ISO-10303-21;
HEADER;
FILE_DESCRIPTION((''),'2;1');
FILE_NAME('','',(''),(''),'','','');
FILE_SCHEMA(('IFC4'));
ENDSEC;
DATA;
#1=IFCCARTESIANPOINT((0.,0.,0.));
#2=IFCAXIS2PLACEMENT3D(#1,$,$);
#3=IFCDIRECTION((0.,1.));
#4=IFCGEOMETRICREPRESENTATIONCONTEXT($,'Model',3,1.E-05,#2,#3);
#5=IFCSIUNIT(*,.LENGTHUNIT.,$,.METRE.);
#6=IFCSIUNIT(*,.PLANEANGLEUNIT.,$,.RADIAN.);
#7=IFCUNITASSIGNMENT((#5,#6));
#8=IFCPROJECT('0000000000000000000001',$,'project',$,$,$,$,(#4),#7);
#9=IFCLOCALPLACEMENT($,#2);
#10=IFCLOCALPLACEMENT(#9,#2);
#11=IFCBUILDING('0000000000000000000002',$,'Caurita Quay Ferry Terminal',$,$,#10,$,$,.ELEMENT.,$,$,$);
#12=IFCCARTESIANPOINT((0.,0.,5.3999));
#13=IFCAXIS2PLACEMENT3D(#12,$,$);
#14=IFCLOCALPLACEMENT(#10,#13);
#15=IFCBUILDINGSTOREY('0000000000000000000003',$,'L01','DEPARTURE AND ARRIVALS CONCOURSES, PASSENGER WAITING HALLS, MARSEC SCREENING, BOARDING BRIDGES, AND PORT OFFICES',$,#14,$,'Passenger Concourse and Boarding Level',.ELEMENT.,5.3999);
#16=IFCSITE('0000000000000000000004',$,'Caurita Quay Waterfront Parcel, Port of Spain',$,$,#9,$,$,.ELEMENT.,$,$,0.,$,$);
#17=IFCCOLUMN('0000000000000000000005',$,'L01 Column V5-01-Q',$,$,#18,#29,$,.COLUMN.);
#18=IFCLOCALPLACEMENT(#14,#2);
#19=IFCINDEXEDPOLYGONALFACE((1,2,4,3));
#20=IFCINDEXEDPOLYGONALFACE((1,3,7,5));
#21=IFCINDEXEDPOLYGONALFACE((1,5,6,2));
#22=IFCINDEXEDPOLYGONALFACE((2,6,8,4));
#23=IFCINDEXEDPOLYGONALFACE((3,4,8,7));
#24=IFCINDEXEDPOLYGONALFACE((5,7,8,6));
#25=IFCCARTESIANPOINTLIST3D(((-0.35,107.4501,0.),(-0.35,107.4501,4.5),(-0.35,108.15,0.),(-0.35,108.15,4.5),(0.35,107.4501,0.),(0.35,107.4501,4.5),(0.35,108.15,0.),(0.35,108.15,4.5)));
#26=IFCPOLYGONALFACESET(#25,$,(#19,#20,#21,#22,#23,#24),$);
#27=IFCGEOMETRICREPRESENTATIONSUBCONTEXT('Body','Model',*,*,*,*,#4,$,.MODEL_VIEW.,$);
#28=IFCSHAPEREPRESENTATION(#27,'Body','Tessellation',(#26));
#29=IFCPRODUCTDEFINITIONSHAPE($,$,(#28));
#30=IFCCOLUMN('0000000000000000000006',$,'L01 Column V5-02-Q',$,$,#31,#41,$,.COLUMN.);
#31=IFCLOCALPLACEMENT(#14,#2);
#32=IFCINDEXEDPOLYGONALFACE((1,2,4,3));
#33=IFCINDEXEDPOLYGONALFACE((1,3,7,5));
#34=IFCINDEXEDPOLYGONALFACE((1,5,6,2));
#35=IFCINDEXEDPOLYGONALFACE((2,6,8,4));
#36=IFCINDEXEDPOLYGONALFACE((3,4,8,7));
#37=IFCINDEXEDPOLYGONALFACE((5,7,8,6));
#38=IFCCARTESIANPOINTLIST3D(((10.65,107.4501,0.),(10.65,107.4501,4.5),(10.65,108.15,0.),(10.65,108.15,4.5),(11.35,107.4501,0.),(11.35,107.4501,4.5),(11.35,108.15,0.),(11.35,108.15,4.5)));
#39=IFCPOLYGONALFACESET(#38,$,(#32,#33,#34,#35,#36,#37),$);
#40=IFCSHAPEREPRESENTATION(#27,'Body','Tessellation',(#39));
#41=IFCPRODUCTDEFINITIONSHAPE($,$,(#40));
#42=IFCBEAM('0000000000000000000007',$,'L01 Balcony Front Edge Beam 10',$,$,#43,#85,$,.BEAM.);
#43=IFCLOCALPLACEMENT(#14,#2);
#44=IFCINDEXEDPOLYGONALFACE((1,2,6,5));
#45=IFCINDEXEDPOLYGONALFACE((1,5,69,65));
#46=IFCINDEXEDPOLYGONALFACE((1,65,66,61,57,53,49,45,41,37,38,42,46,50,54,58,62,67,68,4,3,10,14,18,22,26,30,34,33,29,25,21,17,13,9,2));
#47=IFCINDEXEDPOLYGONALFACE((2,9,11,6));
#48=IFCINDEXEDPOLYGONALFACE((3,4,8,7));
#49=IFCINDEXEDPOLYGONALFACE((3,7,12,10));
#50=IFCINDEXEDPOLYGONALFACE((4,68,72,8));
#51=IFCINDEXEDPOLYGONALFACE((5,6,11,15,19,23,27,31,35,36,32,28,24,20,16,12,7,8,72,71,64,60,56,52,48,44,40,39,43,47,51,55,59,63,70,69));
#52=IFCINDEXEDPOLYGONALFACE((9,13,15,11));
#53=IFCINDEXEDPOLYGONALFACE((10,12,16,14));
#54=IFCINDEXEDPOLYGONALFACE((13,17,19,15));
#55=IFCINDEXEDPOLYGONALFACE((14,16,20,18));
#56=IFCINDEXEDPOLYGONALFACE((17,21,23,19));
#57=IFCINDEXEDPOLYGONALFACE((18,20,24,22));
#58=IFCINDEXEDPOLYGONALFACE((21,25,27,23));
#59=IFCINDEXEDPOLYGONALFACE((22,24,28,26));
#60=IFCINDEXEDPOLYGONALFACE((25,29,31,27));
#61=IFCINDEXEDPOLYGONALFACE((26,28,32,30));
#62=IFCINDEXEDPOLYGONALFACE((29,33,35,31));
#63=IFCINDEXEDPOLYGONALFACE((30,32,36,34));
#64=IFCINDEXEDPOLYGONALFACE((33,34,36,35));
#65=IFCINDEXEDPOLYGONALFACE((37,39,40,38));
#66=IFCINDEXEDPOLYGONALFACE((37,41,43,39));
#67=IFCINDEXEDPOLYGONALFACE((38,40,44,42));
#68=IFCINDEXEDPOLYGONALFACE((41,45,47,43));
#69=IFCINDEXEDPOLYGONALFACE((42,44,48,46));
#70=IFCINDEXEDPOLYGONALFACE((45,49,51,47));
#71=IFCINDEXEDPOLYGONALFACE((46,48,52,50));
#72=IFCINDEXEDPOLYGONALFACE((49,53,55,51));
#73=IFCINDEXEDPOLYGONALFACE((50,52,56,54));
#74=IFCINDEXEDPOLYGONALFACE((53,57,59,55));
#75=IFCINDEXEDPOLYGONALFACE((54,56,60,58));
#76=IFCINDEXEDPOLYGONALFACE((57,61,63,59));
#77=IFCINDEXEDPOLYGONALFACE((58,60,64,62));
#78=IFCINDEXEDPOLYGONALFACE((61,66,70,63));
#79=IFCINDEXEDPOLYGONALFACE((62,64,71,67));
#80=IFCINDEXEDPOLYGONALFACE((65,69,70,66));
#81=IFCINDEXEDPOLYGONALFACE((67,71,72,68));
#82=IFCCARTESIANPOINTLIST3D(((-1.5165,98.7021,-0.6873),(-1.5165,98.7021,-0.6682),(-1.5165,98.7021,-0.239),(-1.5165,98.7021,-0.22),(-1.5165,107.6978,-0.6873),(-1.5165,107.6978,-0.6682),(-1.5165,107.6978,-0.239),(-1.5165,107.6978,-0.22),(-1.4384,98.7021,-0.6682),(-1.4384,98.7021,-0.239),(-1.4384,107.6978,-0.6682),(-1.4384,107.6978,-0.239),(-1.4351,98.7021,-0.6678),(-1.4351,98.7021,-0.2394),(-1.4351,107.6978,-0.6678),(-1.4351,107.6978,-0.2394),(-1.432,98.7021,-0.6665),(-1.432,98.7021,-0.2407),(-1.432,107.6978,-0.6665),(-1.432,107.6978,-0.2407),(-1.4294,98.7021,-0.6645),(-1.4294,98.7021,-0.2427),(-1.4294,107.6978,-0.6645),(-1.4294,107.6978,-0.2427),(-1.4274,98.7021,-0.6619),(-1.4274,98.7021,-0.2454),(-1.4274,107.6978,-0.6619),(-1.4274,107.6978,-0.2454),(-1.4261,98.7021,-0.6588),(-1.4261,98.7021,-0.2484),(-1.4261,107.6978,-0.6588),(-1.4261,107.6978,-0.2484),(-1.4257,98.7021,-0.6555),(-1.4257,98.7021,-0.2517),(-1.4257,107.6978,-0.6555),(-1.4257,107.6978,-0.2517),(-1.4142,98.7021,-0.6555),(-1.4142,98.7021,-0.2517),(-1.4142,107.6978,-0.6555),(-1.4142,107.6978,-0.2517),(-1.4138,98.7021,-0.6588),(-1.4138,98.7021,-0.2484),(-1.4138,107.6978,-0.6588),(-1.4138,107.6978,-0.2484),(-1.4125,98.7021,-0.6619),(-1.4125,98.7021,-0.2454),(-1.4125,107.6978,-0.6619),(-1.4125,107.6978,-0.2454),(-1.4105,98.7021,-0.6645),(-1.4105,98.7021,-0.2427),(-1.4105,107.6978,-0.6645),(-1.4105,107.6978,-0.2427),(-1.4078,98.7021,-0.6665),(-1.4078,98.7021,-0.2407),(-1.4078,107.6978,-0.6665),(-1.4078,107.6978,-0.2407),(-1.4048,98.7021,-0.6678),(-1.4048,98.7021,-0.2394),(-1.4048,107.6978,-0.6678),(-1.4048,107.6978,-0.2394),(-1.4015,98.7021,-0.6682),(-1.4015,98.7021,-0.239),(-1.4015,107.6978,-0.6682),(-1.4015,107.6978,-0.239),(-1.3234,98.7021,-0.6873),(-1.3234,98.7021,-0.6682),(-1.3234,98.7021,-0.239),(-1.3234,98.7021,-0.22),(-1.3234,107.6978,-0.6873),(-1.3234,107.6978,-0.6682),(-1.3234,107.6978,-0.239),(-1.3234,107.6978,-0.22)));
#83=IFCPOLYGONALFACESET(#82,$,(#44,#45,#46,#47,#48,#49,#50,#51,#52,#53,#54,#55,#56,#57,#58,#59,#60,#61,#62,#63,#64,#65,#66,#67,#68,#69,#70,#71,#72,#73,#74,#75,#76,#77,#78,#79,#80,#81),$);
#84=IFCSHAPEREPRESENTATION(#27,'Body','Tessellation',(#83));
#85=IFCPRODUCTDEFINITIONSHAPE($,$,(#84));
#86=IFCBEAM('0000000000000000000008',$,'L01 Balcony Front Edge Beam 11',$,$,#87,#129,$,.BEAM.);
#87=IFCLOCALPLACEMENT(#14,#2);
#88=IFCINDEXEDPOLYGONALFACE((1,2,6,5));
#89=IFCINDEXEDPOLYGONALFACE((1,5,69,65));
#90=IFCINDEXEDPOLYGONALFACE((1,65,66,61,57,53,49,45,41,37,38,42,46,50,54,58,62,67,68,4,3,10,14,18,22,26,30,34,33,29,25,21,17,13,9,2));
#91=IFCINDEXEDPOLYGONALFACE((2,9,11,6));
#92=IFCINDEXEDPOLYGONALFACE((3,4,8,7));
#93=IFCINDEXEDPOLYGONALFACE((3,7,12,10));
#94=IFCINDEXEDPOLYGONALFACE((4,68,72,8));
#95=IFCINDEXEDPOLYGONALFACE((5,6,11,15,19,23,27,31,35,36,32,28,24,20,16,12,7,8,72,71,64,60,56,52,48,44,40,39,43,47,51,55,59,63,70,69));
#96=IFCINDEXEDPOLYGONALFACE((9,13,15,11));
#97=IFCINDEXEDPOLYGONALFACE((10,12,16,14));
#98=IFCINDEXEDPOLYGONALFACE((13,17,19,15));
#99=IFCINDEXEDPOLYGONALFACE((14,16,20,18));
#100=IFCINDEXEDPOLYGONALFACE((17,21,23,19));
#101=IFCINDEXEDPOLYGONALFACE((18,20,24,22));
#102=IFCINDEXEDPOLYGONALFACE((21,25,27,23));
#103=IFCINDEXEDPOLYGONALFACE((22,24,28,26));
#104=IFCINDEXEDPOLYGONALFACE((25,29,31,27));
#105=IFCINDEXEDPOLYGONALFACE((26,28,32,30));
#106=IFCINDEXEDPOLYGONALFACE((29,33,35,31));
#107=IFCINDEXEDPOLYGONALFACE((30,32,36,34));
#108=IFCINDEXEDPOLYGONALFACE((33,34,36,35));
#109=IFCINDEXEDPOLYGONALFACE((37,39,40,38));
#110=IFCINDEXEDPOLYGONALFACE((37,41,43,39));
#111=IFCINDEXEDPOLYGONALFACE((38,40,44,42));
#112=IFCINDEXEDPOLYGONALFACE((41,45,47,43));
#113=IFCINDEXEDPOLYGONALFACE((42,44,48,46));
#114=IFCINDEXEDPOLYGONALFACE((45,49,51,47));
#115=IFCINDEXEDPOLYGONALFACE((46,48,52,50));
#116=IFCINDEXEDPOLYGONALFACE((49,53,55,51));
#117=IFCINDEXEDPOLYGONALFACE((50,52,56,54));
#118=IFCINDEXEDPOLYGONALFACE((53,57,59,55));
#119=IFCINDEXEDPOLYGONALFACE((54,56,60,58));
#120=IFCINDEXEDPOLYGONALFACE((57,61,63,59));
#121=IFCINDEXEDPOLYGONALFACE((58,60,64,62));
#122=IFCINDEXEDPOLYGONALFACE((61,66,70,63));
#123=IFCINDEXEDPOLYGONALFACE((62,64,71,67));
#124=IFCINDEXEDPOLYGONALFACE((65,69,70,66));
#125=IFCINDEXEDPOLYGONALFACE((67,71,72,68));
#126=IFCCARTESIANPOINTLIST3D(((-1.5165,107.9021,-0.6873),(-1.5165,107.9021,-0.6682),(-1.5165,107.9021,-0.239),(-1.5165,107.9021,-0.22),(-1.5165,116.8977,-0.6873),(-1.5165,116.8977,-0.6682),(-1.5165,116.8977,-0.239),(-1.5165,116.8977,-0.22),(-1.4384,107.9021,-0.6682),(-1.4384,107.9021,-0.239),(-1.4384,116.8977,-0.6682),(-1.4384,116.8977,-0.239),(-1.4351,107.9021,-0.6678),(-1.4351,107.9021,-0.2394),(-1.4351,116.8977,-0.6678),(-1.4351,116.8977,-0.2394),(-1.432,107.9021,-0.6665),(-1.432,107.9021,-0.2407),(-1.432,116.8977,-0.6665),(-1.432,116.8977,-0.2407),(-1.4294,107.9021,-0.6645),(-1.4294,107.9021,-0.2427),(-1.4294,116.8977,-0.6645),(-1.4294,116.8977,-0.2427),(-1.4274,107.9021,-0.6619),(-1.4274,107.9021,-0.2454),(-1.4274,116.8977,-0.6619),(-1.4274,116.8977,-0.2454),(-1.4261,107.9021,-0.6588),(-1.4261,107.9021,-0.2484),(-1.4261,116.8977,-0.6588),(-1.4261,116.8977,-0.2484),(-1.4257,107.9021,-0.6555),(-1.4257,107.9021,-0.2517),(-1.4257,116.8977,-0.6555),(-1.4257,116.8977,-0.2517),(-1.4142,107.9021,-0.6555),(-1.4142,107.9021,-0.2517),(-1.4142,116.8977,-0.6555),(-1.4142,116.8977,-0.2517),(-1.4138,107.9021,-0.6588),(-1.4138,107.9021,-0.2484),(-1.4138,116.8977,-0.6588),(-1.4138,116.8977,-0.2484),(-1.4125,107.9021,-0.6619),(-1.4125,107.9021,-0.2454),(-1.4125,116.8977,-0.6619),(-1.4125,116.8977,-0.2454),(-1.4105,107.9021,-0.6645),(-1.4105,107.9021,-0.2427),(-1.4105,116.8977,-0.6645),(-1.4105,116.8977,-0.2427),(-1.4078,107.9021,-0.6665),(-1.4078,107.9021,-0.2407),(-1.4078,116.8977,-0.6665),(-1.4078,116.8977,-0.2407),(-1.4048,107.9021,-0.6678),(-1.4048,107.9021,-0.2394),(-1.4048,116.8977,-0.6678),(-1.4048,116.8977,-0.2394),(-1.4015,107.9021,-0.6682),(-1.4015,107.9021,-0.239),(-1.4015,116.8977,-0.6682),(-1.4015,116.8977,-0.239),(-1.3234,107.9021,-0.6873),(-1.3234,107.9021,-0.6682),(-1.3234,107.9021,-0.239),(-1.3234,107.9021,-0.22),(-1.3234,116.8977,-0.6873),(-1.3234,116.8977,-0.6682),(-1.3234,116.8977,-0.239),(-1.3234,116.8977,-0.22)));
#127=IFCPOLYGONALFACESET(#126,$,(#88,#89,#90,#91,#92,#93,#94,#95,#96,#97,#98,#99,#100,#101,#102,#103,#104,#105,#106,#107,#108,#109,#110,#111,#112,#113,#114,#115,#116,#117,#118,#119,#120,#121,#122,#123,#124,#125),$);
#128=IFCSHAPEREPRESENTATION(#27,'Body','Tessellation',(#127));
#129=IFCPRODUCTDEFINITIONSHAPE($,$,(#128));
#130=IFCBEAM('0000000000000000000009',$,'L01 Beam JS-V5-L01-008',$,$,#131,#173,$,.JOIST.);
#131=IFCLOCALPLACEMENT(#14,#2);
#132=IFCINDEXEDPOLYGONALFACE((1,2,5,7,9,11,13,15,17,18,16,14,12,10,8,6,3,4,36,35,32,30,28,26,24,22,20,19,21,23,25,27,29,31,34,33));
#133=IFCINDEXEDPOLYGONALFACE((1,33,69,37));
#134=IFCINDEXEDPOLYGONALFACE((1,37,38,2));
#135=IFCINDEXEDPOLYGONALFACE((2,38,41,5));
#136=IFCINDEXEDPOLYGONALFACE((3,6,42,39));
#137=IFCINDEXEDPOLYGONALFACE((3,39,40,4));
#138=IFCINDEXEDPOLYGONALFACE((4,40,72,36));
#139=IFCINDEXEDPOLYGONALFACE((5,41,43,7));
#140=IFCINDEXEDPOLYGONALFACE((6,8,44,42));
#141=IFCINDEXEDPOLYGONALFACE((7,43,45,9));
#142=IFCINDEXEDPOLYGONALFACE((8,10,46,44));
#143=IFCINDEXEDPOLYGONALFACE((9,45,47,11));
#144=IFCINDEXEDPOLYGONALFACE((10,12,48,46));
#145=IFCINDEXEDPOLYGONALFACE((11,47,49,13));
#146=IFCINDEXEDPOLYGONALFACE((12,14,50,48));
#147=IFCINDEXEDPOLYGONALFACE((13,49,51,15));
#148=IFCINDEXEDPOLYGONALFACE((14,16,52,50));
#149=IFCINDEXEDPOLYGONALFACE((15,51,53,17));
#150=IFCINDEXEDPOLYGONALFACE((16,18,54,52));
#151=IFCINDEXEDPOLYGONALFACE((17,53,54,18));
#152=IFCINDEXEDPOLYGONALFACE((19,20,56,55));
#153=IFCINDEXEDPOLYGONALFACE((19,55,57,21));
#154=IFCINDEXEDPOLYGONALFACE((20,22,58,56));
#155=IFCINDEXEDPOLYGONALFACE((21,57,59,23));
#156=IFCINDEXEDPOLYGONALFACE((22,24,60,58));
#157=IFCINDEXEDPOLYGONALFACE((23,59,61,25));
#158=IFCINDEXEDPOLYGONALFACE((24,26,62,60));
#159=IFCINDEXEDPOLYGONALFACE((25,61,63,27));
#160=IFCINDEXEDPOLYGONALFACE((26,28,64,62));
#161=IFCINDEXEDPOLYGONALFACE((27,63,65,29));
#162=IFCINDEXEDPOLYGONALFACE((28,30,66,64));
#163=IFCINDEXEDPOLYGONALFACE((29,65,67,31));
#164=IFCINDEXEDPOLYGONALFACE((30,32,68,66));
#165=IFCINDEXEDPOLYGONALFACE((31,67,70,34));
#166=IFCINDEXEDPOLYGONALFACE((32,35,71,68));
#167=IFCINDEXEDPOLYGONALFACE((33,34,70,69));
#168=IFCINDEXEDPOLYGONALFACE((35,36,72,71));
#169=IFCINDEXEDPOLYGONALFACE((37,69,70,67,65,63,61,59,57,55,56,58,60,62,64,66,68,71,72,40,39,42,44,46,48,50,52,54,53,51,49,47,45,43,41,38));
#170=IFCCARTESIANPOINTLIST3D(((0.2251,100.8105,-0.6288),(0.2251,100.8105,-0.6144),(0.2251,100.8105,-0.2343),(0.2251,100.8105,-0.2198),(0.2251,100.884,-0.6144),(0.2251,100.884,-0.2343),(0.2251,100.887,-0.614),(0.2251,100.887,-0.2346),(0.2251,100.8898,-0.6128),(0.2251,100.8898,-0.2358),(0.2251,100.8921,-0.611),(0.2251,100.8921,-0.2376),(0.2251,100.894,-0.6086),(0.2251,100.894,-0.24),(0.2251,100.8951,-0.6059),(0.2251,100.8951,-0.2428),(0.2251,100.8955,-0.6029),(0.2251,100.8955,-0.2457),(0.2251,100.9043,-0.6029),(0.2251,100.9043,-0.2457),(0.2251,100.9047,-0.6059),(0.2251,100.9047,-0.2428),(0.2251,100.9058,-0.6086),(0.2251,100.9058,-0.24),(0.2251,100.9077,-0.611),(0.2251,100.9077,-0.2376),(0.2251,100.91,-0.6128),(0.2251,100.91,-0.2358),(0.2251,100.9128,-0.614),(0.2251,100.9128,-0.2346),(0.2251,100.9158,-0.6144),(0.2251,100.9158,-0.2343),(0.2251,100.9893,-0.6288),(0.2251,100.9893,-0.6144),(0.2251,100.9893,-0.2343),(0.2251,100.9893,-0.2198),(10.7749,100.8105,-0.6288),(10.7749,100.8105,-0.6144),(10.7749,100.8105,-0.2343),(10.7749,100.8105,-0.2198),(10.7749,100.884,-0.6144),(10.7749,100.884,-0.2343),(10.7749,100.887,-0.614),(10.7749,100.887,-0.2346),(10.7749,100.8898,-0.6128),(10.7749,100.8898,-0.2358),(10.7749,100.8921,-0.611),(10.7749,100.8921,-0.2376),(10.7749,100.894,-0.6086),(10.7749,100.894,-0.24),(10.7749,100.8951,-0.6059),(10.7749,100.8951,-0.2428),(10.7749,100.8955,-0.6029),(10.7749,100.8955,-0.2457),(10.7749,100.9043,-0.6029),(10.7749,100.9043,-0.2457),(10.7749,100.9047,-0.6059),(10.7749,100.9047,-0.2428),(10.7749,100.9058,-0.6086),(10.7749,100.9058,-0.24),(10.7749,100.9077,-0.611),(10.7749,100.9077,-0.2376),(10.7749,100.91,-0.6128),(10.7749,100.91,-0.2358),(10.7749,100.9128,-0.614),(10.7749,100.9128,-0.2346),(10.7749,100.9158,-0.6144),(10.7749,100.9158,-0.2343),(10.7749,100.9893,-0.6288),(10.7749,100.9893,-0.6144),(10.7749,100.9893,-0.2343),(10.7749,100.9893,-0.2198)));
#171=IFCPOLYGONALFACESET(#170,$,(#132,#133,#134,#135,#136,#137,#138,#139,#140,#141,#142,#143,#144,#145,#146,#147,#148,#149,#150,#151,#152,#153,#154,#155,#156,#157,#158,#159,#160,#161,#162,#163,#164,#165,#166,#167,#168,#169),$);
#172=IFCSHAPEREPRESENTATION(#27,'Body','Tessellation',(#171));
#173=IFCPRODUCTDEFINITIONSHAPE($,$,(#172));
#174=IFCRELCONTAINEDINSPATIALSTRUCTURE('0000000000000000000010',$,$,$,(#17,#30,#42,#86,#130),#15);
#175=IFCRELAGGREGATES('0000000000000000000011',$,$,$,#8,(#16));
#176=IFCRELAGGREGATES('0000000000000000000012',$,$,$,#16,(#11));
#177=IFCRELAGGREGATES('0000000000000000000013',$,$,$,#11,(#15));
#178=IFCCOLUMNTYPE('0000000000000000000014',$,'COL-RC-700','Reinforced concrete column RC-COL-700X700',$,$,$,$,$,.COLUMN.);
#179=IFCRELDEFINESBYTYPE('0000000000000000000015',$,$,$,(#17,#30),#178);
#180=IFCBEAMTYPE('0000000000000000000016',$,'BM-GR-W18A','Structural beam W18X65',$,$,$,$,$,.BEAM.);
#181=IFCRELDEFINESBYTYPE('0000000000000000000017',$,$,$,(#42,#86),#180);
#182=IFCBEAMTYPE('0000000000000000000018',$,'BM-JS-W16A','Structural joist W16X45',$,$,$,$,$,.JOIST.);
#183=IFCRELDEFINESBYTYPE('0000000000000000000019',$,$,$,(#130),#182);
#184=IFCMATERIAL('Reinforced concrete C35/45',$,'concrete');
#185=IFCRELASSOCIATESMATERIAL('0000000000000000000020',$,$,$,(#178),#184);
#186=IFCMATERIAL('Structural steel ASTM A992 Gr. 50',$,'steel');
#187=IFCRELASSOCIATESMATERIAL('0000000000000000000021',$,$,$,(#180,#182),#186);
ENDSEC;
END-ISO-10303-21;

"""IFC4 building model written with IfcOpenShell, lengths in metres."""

from ifc_helpers import new_model, si_unit, direction, frame, origin, origin_2d, place, context, subcontext, project, spatial, rectangle, i_section, extrude, material, material_profile, profile_set, type_object, element, save


model = new_model("IFC4")

# Units and contexts
model_context = context("Model", 3, precision=1e-05, world=origin(), true_north=direction((0.0, 1.0)))
body_context = subcontext(model_context, "Body", "Model", "MODEL_VIEW")
ifc_project = project(units=[si_unit("LENGTHUNIT", "METRE"), si_unit("PLANEANGLEUNIT", "RADIAN")], contexts=[model_context])

# Site, building, storey
site_placement = place(None, origin())
site = spatial("IfcSite", under=ifc_project, at=site_placement, Name="Caurita Quay Waterfront Parcel, Port of Spain", CompositionType="ELEMENT", RefElevation=0.0)
building_placement = place(site_placement, origin())
building = spatial("IfcBuilding", under=site, at=building_placement, Name="Caurita Quay Ferry Terminal", CompositionType="ELEMENT")
storey_placement = place(building_placement, frame((0.0, 0.0, 5.3999)))
storey = spatial("IfcBuildingStorey", under=building, at=storey_placement, Name="L01", Description="DEPARTURE AND ARRIVALS CONCOURSES, PASSENGER WAITING HALLS, MARSEC SCREENING, BOARDING BRIDGES, AND PORT OFFICES", LongName="Passenger Concourse and Boarding Level", CompositionType="ELEMENT", Elevation=5.3999)

# Columns
ifc_material_1 = material(Name="Reinforced concrete C35/45", Category="concrete")
ifc_material_profile_1 = material_profile(ifc_material_1, rectangle(XDim=0.7, YDim=0.7, at=origin_2d()), Name="RC-COL-700X700")
ifc_profile_set_1 = profile_set([ifc_material_profile_1], Name="Reinforced concrete C35/45")
column_type = type_object("IfcColumnType", Name="COL-RC-700", Description="Reinforced concrete column RC-COL-700X700", PredefinedType="COLUMN", material=ifc_profile_set_1)
for number, where, z_axis, x_axis, name in (
    (1, (0.0, 107.8, 0.0), (0.0, 0.0, 1.0), (1.0, 0.0, 0.0), "L01 Column V5-01-Q"),
    (2, (11.0, 107.8, 0.0), (0.0, 0.0, 1.0), (1.0, 0.0, 0.0), "L01 Column V5-02-Q"),
):
    element("IfcColumn", number, at=place(storey_placement, frame(where, z_axis=z_axis, x_axis=x_axis)), inside=storey, type_object=column_type, Name=name, PredefinedType="COLUMN", context=body_context, shape_type="SweptSolid", body=[
        extrude(rectangle(XDim=0.7, YDim=0.7, at=origin_2d()), origin(), (0.0, 0.0, 1.0), 4.5),
    ])

# Beams
ifc_material_2 = material(Name="Structural steel ASTM A992 Gr. 50", Category="steel")
ifc_material_profile_2 = material_profile(ifc_material_2, i_section(OverallWidth=0.1931, OverallDepth=0.4673, WebThickness=0.0115, FlangeThickness=0.019, FilletRadius=0.0127, at=origin_2d()), Name="W18X65")
ifc_profile_set_2 = profile_set([ifc_material_profile_2], Name="Structural steel ASTM A992 Gr. 50")
beam_type_1 = type_object("IfcBeamType", Name="BM-GR-W18A", Description="Structural beam W18X65", PredefinedType="BEAM", material=ifc_profile_set_2)
for number, where, z_axis, x_axis, name in (
    (3, (-1.4199, 98.7021, -0.4536), (0.0, 1.0, 0.0), (-1.0, 0.0, 0.0), "L01 Balcony Front Edge Beam 10"),
    (4, (-1.4199, 107.9021, -0.4536), (0.0, 1.0, 0.0), (-1.0, 0.0, 0.0), "L01 Balcony Front Edge Beam 11"),
):
    element("IfcBeam", number, at=place(storey_placement, frame(where, z_axis=z_axis, x_axis=x_axis)), inside=storey, type_object=beam_type_1, Name=name, PredefinedType="BEAM", context=body_context, shape_type="SweptSolid", body=[
        extrude(i_section(OverallWidth=0.1931, OverallDepth=0.4673, WebThickness=0.0115, FlangeThickness=0.019, FilletRadius=0.0127, at=origin_2d()), origin(), (0.0, 0.0, 1.0), 8.9956),
    ])
ifc_material_profile_3 = material_profile(ifc_material_2, i_section(OverallWidth=0.1787, OverallDepth=0.4089, WebThickness=0.0088, FlangeThickness=0.0144, FilletRadius=0.0115, at=origin_2d()), Name="W16X45")
ifc_profile_set_3 = profile_set([ifc_material_profile_3], Name="Structural steel ASTM A992 Gr. 50")
beam_type_2 = type_object("IfcBeamType", Name="BM-JS-W16A", Description="Structural joist W16X45", PredefinedType="JOIST", material=ifc_profile_set_3)
for number, where, z_axis, x_axis, name in (
    (5, (0.2251, 100.8999, -0.4243), (1.0, 0.0, 0.0), (0.0, 1.0, 0.0), "L01 Beam JS-V5-L01-008"),
):
    element("IfcBeam", number, at=place(storey_placement, frame(where, z_axis=z_axis, x_axis=x_axis)), inside=storey, type_object=beam_type_2, Name=name, PredefinedType="JOIST", context=body_context, shape_type="SweptSolid", body=[
        extrude(i_section(OverallWidth=0.1787, OverallDepth=0.4089, WebThickness=0.0088, FlangeThickness=0.0144, FilletRadius=0.0115, at=origin_2d()), origin(), (0.0, 0.0, 1.0), 10.5498),
    ])

save(model, "model.ifc")
